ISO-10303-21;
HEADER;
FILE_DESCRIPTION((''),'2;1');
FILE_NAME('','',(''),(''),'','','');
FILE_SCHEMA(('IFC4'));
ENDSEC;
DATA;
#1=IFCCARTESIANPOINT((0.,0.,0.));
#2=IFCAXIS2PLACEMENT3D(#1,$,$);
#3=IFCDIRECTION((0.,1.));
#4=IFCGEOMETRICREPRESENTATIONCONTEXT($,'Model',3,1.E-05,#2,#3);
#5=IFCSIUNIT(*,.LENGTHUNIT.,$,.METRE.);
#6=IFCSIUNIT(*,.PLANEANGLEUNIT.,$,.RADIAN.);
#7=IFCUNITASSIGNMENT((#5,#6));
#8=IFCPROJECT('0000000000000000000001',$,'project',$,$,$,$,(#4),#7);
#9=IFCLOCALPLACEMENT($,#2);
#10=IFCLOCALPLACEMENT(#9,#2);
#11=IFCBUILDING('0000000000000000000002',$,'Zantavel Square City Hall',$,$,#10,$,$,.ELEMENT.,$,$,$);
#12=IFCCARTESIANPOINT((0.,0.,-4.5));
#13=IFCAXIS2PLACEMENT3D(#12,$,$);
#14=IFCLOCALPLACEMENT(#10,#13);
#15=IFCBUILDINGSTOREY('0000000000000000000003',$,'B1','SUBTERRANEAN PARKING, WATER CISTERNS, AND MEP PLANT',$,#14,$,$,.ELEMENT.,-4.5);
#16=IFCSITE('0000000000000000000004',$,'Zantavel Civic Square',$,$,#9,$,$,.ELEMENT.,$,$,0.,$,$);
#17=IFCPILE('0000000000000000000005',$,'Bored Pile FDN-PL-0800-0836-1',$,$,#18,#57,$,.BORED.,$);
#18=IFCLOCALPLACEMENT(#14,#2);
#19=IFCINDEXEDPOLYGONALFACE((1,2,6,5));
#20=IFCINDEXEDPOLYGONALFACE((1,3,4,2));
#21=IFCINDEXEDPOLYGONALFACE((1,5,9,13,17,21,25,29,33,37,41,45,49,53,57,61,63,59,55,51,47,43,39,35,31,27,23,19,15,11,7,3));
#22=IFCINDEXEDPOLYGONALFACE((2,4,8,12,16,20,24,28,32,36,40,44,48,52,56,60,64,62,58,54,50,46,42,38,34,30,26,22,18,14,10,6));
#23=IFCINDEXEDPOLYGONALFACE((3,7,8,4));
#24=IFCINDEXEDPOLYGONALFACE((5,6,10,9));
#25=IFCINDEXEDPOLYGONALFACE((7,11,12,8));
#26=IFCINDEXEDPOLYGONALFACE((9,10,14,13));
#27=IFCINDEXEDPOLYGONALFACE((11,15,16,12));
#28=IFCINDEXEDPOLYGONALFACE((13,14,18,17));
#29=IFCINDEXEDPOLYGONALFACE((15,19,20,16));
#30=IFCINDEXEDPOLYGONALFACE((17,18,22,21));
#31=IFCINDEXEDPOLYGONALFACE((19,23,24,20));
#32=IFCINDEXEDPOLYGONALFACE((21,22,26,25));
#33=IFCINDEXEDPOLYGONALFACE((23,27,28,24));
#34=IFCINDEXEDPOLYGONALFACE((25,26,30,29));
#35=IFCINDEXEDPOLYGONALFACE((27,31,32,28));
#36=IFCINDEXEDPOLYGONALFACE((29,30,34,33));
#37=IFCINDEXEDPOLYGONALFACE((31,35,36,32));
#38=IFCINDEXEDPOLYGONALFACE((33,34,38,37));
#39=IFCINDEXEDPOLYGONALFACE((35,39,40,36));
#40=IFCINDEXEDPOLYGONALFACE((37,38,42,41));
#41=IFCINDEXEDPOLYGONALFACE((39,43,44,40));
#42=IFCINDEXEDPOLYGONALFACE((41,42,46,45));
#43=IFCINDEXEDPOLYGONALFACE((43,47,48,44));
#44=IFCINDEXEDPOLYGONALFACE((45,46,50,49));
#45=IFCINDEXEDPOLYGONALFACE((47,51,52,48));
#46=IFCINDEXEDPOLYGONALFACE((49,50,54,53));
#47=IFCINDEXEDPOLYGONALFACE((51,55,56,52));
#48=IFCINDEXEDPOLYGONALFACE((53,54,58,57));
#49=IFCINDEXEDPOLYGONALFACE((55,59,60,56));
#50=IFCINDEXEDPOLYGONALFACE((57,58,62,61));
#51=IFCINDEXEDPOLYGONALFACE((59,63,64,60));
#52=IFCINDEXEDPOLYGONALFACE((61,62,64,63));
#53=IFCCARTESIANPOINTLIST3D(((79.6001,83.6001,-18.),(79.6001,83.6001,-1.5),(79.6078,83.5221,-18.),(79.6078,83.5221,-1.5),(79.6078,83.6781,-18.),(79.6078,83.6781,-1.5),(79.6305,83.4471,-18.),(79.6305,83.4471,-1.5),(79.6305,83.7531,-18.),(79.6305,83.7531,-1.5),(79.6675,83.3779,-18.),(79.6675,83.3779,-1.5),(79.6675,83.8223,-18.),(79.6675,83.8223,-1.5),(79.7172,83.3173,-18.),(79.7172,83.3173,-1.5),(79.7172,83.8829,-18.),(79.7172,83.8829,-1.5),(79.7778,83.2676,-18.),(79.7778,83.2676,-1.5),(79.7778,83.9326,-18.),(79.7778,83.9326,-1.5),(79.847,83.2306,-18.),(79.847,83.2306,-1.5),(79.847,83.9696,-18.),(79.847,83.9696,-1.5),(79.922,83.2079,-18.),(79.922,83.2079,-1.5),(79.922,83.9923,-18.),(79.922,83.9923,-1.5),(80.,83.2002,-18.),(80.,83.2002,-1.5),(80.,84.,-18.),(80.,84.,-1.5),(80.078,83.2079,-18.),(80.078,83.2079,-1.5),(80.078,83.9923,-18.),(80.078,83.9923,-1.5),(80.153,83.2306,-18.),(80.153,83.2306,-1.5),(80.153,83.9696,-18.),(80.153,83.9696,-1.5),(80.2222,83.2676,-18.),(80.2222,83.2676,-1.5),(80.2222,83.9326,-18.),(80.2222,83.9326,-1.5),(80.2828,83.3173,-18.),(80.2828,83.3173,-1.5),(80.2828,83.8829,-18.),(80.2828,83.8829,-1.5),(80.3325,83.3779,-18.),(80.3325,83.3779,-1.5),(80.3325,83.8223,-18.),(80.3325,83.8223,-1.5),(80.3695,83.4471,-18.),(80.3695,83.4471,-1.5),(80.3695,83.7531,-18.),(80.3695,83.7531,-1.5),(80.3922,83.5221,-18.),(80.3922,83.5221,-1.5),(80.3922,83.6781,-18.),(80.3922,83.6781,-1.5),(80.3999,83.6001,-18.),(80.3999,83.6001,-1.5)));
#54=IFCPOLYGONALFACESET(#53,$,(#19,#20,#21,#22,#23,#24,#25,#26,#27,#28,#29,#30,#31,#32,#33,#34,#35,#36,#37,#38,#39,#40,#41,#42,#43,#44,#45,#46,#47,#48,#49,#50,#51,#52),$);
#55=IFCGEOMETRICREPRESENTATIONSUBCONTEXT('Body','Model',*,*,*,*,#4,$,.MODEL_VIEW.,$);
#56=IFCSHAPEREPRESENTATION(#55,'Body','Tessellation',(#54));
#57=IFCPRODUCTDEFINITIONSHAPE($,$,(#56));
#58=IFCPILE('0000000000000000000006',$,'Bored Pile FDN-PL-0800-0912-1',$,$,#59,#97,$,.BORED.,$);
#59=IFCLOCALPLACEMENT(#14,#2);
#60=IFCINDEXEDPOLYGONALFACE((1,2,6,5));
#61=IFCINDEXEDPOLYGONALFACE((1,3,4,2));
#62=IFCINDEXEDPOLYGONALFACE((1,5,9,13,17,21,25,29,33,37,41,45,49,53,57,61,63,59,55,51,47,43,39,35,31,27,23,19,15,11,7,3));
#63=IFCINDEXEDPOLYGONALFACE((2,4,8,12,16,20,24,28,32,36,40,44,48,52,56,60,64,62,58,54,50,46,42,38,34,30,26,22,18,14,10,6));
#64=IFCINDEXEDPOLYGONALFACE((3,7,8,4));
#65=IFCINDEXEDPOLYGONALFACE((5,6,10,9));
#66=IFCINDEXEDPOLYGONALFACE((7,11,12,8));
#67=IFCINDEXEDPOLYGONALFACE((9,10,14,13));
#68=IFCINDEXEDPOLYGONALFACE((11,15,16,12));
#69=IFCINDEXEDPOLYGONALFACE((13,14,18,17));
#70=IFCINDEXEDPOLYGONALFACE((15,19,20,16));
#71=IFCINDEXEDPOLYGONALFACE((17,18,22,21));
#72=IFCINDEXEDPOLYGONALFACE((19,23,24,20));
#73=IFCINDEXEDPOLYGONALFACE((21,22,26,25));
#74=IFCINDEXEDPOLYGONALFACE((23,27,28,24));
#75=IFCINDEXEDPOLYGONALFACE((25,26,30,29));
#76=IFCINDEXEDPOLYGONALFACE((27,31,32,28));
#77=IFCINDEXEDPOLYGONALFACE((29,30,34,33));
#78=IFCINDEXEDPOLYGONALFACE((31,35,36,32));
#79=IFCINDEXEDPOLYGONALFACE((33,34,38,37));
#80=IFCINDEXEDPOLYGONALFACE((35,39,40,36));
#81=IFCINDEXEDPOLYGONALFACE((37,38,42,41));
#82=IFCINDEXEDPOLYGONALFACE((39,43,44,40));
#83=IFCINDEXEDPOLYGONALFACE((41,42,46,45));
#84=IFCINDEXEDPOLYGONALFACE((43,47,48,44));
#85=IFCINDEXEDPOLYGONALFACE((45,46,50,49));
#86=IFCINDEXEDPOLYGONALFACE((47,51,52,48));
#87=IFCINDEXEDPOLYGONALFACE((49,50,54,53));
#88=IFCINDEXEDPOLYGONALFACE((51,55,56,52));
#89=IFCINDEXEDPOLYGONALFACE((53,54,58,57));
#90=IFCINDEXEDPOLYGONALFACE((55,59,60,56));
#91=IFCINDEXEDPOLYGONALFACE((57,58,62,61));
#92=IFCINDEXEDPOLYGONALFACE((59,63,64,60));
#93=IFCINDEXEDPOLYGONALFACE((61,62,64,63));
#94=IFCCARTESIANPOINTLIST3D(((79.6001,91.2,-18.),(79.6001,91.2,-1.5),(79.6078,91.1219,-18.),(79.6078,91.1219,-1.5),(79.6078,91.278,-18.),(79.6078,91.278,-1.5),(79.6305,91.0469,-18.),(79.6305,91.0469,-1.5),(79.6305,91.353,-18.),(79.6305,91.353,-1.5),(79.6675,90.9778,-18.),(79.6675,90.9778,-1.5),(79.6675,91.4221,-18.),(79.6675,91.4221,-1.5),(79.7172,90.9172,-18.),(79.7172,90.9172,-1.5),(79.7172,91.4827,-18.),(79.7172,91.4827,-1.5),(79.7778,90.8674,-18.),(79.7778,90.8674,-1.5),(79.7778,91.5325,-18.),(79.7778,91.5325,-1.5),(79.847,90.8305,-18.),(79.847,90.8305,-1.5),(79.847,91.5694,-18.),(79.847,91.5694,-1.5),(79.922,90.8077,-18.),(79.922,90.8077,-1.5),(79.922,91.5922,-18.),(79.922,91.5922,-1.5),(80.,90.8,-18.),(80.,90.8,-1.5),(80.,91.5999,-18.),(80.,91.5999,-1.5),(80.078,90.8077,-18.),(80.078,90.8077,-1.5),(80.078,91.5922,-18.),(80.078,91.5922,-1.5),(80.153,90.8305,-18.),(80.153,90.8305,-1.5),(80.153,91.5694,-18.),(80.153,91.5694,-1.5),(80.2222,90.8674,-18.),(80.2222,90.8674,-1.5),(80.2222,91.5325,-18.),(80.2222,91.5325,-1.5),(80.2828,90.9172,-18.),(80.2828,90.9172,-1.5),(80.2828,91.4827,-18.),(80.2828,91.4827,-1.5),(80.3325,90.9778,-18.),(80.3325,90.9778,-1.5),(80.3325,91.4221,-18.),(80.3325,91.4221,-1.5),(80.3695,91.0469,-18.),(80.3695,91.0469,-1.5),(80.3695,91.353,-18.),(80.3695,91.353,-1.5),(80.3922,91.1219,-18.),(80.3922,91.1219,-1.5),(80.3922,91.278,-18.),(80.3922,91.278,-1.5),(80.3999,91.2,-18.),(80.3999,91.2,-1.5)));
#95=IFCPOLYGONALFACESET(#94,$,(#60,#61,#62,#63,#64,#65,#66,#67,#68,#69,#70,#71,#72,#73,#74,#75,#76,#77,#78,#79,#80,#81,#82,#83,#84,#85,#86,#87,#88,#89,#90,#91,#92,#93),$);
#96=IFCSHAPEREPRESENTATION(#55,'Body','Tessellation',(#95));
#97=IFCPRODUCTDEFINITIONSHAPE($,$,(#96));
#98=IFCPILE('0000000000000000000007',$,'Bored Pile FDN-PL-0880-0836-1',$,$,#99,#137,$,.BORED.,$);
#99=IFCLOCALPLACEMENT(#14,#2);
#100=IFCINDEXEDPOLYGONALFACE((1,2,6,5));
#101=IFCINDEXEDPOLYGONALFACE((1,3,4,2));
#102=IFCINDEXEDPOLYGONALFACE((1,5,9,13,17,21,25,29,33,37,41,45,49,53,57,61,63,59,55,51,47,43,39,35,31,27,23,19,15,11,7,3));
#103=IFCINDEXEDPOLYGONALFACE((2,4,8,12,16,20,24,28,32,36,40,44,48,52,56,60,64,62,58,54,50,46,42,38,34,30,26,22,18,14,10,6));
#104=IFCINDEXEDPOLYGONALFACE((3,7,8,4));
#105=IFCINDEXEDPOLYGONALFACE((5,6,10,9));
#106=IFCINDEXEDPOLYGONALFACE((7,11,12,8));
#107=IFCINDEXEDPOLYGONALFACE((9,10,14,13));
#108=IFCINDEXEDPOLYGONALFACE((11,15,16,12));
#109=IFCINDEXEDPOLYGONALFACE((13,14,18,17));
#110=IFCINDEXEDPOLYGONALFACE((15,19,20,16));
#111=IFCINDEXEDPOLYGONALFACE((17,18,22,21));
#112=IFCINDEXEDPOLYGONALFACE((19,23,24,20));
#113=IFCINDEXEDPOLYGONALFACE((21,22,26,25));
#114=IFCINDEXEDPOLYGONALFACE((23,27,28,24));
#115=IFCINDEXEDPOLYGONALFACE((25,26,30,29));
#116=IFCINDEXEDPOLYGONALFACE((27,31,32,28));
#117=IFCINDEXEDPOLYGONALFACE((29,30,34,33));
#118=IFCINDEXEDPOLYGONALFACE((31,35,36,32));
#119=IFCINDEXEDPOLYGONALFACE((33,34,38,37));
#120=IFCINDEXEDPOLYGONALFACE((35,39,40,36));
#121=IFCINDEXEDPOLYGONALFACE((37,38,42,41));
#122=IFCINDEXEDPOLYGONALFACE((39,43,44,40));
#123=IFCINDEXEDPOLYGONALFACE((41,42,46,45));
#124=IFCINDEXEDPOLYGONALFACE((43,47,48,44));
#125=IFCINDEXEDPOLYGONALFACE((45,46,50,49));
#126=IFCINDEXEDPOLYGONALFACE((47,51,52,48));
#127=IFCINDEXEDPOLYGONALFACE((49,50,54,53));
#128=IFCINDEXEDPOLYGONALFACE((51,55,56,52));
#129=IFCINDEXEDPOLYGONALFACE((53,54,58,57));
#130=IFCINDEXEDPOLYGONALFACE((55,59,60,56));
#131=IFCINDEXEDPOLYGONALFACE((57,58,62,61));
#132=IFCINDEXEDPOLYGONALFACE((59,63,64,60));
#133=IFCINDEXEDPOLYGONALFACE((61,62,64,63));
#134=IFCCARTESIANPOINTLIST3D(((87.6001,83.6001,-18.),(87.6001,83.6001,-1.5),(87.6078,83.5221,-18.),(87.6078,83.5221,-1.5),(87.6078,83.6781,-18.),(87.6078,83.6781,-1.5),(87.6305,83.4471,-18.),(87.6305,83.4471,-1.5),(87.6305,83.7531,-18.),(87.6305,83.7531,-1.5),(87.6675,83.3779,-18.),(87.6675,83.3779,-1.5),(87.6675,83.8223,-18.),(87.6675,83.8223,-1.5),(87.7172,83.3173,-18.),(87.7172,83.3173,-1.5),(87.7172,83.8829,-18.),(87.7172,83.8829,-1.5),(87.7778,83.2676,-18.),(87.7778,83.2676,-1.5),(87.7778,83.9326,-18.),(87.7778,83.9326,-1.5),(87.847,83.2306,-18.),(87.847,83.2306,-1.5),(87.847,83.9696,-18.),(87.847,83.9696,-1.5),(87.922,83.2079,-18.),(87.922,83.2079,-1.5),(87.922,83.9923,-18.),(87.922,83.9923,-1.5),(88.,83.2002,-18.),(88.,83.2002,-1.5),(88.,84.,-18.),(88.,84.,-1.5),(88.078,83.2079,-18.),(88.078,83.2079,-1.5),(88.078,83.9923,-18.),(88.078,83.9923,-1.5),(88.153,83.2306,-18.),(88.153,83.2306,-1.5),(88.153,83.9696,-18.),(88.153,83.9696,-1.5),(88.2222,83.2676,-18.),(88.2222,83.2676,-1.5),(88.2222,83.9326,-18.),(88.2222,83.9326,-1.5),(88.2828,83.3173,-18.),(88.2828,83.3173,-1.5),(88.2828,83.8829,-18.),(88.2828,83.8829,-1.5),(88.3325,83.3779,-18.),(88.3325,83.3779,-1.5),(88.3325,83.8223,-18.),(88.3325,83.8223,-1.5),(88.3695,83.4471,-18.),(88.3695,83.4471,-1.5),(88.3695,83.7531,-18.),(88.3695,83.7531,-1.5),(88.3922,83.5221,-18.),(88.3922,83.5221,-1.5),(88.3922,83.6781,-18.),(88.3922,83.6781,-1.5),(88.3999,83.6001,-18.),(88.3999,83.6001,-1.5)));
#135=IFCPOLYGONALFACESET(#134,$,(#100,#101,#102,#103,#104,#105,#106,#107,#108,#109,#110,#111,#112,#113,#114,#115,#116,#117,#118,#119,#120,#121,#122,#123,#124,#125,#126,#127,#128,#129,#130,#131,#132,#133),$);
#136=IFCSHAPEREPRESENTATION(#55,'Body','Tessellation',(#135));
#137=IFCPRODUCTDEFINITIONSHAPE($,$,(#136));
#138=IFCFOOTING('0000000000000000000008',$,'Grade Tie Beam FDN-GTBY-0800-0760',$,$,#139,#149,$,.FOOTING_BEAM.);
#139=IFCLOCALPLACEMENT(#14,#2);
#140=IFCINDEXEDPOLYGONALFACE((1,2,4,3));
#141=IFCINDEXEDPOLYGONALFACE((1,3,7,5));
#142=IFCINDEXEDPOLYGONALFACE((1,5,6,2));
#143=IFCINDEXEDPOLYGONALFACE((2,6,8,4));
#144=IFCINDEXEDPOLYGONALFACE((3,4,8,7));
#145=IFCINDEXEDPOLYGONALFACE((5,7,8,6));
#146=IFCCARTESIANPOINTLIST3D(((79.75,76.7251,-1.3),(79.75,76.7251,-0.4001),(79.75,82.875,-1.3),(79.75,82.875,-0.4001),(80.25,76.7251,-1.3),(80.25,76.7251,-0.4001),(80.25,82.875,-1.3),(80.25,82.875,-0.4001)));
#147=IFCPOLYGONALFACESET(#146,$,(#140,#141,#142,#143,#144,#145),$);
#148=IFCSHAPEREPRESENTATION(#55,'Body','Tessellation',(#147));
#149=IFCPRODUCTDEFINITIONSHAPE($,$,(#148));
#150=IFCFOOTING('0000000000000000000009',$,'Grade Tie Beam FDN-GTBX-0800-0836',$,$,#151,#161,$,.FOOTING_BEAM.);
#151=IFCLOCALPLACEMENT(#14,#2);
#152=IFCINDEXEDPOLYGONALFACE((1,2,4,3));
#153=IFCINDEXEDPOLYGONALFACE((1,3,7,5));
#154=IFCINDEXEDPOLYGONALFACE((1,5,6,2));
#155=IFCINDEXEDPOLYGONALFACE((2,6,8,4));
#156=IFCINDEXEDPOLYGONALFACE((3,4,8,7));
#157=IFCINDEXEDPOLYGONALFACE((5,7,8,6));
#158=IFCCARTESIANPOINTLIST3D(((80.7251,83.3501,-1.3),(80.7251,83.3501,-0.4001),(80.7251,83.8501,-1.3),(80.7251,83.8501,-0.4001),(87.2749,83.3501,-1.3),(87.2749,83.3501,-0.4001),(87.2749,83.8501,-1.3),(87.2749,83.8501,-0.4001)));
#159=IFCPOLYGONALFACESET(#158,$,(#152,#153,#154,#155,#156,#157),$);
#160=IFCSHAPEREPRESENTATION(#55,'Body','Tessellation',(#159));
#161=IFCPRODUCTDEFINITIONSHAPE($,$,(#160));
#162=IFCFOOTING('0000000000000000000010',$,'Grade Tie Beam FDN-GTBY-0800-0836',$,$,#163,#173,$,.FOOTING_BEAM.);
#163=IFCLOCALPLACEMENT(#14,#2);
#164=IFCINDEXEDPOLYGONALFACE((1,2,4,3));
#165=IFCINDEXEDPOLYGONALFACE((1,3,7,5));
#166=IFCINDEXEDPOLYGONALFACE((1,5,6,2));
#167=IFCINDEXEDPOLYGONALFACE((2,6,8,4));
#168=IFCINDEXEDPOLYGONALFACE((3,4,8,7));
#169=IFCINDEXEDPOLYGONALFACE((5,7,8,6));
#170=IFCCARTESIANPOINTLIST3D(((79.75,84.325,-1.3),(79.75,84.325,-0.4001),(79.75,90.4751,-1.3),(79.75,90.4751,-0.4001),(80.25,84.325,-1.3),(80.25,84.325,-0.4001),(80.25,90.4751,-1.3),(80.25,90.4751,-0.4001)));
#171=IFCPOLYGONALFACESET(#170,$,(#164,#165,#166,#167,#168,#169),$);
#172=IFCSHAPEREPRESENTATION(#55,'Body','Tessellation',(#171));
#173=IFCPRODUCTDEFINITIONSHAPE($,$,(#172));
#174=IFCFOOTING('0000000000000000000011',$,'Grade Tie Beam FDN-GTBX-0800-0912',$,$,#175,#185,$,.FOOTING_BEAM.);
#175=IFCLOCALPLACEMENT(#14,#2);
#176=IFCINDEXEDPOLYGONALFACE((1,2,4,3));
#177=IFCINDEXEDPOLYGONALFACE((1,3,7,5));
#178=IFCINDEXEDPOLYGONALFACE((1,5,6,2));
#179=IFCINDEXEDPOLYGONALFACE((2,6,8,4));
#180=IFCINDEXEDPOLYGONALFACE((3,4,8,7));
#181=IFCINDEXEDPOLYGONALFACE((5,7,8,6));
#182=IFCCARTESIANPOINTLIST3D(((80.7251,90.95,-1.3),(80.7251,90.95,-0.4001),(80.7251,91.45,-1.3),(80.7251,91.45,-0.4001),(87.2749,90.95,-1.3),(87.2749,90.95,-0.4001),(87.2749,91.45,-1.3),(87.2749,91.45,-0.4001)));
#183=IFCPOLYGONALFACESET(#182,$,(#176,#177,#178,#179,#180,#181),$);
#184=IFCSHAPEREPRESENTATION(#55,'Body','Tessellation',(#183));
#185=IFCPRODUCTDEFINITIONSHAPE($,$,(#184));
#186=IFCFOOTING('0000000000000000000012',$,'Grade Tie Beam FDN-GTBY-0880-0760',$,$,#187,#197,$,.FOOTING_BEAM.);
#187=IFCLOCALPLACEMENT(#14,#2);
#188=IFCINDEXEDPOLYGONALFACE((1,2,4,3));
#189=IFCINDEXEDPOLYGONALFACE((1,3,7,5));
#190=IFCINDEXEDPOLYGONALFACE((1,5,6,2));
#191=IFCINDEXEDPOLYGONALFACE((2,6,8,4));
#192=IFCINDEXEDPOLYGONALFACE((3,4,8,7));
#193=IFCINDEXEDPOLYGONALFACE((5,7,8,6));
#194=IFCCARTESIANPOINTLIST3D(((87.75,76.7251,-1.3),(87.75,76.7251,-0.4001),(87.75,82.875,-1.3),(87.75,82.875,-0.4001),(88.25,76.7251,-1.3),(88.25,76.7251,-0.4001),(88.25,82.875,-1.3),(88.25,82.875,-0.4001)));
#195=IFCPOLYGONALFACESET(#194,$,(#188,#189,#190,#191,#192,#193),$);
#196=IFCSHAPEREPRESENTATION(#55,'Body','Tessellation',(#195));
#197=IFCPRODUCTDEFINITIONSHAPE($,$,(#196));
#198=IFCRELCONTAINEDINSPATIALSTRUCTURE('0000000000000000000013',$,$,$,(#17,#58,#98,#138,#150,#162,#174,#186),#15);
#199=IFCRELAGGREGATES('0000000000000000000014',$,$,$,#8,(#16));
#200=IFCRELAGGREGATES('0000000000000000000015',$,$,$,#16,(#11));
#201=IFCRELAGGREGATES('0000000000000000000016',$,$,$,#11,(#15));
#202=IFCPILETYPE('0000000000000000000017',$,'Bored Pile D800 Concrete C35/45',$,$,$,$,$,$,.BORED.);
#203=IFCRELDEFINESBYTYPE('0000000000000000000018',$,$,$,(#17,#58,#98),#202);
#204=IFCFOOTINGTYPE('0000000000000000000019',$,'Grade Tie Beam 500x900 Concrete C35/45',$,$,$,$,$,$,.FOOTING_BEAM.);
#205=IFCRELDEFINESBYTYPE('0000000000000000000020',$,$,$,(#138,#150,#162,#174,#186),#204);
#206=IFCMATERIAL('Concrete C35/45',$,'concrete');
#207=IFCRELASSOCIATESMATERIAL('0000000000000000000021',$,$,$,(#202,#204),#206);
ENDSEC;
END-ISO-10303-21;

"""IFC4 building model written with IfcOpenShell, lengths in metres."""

from ifc_helpers import new_model, si_unit, direction, frame, origin, origin_2d, place, context, subcontext, project, spatial, rectangle, circle, extrude, material, material_profile, profile_set, type_object, element, save


model = new_model("IFC4")

# Units and contexts
model_context = context("Model", 3, precision=1e-05, world=origin(), true_north=direction((0.0, 1.0)))
body_context = subcontext(model_context, "Body", "Model", "MODEL_VIEW")
ifc_project = project(units=[si_unit("LENGTHUNIT", "METRE"), si_unit("PLANEANGLEUNIT", "RADIAN")], contexts=[model_context])

# Site, building, storey
site_placement = place(None, origin())
site = spatial("IfcSite", under=ifc_project, at=site_placement, Name="Zantavel Civic Square", CompositionType="ELEMENT", RefElevation=0.0)
building_placement = place(site_placement, origin())
building = spatial("IfcBuilding", under=site, at=building_placement, Name="Zantavel Square City Hall", CompositionType="ELEMENT")
storey_placement = place(building_placement, frame((0.0, 0.0, -4.5)))
storey = spatial("IfcBuildingStorey", under=building, at=storey_placement, Name="B1", Description="SUBTERRANEAN PARKING, WATER CISTERNS, AND MEP PLANT", CompositionType="ELEMENT", Elevation=-4.5)

# Piles
ifc_material_1 = material(Name="Concrete C35/45", Category="concrete")
ifc_material_profile_1 = material_profile(ifc_material_1, circle(Radius=0.3999, at=origin_2d()), Name="PILE D800")
ifc_profile_set_1 = profile_set([ifc_material_profile_1], Name="Concrete C35/45")
pile_type = type_object("IfcPileType", Name="Bored Pile D800 Concrete C35/45", PredefinedType="BORED", material=ifc_profile_set_1)
for number, where, z_axis, x_axis, name in (
    (1, (80.0, 83.6001, -1.5), (0.0, 0.0, -1.0), (1.0, 0.0, 0.0), "Bored Pile FDN-PL-0800-0836-1"),
    (2, (80.0, 91.2, -1.5), (0.0, 0.0, -1.0), (1.0, 0.0, 0.0), "Bored Pile FDN-PL-0800-0912-1"),
    (3, (88.0, 83.6001, -1.5), (0.0, 0.0, -1.0), (1.0, 0.0, 0.0), "Bored Pile FDN-PL-0880-0836-1"),
):
    element("IfcPile", number, at=place(storey_placement, frame(where, z_axis=z_axis, x_axis=x_axis)), inside=storey, type_object=pile_type, Name=name, PredefinedType="BORED", context=body_context, shape_type="SweptSolid", body=[
        extrude(circle(Radius=0.3999, at=origin_2d()), origin(), (0.0, 0.0, 1.0), 16.5),
    ])

# Footings
ifc_material_profile_2 = material_profile(ifc_material_1, rectangle(XDim=0.5, YDim=0.8999, at=origin_2d()), Name="RC 500x900")
ifc_profile_set_2 = profile_set([ifc_material_profile_2], Name="Concrete C35/45")
footing_type_1 = type_object("IfcFootingType", Name="Grade Tie Beam 500x900 Concrete C35/45", PredefinedType="FOOTING_BEAM", material=ifc_profile_set_2)
footing_1_placement = place(storey_placement, frame((80.0, 76.7251, -0.8501), z_axis=(0.0, 1.0, 0.0), x_axis=(-1.0, 0.0, 0.0)))
element("IfcFooting", 4, at=footing_1_placement, inside=storey, type_object=footing_type_1, Name="Grade Tie Beam FDN-GTBY-0800-0760", PredefinedType="FOOTING_BEAM", context=body_context, shape_type="SweptSolid", body=[
    extrude(rectangle(XDim=0.5, YDim=0.8999, at=origin_2d()), origin(), (0.0, 0.0, 1.0), 6.1499),
])
footing_2_placement = place(storey_placement, frame((80.7251, 83.6001, -0.8501), z_axis=(1.0, 0.0, 0.0), x_axis=(0.0, 1.0, 0.0)))
element("IfcFooting", 5, at=footing_2_placement, inside=storey, type_object=footing_type_1, Name="Grade Tie Beam FDN-GTBX-0800-0836", PredefinedType="FOOTING_BEAM", context=body_context, shape_type="SweptSolid", body=[
    extrude(rectangle(XDim=0.5, YDim=0.8999, at=origin_2d()), origin(), (0.0, 0.0, 1.0), 6.5498),
])
footing_3_placement = place(storey_placement, frame((80.0, 84.325, -0.8501), z_axis=(0.0, 1.0, 0.0), x_axis=(-1.0, 0.0, 0.0)))
element("IfcFooting", 6, at=footing_3_placement, inside=storey, type_object=footing_type_1, Name="Grade Tie Beam FDN-GTBY-0800-0836", PredefinedType="FOOTING_BEAM", context=body_context, shape_type="SweptSolid", body=[
    extrude(rectangle(XDim=0.5, YDim=0.8999, at=origin_2d()), origin(), (0.0, 0.0, 1.0), 6.1501),
])
footing_4_placement = place(storey_placement, frame((80.7251, 91.2, -0.8501), z_axis=(1.0, 0.0, 0.0), x_axis=(0.0, 1.0, 0.0)))
element("IfcFooting", 7, at=footing_4_placement, inside=storey, type_object=footing_type_1, Name="Grade Tie Beam FDN-GTBX-0800-0912", PredefinedType="FOOTING_BEAM", context=body_context, shape_type="SweptSolid", body=[
    extrude(rectangle(XDim=0.5, YDim=0.8999, at=origin_2d()), origin(), (0.0, 0.0, 1.0), 6.5498),
])
footing_5_placement = place(storey_placement, frame((88.0, 76.7251, -0.8501), z_axis=(0.0, 1.0, 0.0), x_axis=(-1.0, 0.0, 0.0)))
element("IfcFooting", 8, at=footing_5_placement, inside=storey, type_object=footing_type_1, Name="Grade Tie Beam FDN-GTBY-0880-0760", PredefinedType="FOOTING_BEAM", context=body_context, shape_type="SweptSolid", body=[
    extrude(rectangle(XDim=0.5, YDim=0.8999, at=origin_2d()), origin(), (0.0, 0.0, 1.0), 6.1499),
])

save(model, "model.ifc")
